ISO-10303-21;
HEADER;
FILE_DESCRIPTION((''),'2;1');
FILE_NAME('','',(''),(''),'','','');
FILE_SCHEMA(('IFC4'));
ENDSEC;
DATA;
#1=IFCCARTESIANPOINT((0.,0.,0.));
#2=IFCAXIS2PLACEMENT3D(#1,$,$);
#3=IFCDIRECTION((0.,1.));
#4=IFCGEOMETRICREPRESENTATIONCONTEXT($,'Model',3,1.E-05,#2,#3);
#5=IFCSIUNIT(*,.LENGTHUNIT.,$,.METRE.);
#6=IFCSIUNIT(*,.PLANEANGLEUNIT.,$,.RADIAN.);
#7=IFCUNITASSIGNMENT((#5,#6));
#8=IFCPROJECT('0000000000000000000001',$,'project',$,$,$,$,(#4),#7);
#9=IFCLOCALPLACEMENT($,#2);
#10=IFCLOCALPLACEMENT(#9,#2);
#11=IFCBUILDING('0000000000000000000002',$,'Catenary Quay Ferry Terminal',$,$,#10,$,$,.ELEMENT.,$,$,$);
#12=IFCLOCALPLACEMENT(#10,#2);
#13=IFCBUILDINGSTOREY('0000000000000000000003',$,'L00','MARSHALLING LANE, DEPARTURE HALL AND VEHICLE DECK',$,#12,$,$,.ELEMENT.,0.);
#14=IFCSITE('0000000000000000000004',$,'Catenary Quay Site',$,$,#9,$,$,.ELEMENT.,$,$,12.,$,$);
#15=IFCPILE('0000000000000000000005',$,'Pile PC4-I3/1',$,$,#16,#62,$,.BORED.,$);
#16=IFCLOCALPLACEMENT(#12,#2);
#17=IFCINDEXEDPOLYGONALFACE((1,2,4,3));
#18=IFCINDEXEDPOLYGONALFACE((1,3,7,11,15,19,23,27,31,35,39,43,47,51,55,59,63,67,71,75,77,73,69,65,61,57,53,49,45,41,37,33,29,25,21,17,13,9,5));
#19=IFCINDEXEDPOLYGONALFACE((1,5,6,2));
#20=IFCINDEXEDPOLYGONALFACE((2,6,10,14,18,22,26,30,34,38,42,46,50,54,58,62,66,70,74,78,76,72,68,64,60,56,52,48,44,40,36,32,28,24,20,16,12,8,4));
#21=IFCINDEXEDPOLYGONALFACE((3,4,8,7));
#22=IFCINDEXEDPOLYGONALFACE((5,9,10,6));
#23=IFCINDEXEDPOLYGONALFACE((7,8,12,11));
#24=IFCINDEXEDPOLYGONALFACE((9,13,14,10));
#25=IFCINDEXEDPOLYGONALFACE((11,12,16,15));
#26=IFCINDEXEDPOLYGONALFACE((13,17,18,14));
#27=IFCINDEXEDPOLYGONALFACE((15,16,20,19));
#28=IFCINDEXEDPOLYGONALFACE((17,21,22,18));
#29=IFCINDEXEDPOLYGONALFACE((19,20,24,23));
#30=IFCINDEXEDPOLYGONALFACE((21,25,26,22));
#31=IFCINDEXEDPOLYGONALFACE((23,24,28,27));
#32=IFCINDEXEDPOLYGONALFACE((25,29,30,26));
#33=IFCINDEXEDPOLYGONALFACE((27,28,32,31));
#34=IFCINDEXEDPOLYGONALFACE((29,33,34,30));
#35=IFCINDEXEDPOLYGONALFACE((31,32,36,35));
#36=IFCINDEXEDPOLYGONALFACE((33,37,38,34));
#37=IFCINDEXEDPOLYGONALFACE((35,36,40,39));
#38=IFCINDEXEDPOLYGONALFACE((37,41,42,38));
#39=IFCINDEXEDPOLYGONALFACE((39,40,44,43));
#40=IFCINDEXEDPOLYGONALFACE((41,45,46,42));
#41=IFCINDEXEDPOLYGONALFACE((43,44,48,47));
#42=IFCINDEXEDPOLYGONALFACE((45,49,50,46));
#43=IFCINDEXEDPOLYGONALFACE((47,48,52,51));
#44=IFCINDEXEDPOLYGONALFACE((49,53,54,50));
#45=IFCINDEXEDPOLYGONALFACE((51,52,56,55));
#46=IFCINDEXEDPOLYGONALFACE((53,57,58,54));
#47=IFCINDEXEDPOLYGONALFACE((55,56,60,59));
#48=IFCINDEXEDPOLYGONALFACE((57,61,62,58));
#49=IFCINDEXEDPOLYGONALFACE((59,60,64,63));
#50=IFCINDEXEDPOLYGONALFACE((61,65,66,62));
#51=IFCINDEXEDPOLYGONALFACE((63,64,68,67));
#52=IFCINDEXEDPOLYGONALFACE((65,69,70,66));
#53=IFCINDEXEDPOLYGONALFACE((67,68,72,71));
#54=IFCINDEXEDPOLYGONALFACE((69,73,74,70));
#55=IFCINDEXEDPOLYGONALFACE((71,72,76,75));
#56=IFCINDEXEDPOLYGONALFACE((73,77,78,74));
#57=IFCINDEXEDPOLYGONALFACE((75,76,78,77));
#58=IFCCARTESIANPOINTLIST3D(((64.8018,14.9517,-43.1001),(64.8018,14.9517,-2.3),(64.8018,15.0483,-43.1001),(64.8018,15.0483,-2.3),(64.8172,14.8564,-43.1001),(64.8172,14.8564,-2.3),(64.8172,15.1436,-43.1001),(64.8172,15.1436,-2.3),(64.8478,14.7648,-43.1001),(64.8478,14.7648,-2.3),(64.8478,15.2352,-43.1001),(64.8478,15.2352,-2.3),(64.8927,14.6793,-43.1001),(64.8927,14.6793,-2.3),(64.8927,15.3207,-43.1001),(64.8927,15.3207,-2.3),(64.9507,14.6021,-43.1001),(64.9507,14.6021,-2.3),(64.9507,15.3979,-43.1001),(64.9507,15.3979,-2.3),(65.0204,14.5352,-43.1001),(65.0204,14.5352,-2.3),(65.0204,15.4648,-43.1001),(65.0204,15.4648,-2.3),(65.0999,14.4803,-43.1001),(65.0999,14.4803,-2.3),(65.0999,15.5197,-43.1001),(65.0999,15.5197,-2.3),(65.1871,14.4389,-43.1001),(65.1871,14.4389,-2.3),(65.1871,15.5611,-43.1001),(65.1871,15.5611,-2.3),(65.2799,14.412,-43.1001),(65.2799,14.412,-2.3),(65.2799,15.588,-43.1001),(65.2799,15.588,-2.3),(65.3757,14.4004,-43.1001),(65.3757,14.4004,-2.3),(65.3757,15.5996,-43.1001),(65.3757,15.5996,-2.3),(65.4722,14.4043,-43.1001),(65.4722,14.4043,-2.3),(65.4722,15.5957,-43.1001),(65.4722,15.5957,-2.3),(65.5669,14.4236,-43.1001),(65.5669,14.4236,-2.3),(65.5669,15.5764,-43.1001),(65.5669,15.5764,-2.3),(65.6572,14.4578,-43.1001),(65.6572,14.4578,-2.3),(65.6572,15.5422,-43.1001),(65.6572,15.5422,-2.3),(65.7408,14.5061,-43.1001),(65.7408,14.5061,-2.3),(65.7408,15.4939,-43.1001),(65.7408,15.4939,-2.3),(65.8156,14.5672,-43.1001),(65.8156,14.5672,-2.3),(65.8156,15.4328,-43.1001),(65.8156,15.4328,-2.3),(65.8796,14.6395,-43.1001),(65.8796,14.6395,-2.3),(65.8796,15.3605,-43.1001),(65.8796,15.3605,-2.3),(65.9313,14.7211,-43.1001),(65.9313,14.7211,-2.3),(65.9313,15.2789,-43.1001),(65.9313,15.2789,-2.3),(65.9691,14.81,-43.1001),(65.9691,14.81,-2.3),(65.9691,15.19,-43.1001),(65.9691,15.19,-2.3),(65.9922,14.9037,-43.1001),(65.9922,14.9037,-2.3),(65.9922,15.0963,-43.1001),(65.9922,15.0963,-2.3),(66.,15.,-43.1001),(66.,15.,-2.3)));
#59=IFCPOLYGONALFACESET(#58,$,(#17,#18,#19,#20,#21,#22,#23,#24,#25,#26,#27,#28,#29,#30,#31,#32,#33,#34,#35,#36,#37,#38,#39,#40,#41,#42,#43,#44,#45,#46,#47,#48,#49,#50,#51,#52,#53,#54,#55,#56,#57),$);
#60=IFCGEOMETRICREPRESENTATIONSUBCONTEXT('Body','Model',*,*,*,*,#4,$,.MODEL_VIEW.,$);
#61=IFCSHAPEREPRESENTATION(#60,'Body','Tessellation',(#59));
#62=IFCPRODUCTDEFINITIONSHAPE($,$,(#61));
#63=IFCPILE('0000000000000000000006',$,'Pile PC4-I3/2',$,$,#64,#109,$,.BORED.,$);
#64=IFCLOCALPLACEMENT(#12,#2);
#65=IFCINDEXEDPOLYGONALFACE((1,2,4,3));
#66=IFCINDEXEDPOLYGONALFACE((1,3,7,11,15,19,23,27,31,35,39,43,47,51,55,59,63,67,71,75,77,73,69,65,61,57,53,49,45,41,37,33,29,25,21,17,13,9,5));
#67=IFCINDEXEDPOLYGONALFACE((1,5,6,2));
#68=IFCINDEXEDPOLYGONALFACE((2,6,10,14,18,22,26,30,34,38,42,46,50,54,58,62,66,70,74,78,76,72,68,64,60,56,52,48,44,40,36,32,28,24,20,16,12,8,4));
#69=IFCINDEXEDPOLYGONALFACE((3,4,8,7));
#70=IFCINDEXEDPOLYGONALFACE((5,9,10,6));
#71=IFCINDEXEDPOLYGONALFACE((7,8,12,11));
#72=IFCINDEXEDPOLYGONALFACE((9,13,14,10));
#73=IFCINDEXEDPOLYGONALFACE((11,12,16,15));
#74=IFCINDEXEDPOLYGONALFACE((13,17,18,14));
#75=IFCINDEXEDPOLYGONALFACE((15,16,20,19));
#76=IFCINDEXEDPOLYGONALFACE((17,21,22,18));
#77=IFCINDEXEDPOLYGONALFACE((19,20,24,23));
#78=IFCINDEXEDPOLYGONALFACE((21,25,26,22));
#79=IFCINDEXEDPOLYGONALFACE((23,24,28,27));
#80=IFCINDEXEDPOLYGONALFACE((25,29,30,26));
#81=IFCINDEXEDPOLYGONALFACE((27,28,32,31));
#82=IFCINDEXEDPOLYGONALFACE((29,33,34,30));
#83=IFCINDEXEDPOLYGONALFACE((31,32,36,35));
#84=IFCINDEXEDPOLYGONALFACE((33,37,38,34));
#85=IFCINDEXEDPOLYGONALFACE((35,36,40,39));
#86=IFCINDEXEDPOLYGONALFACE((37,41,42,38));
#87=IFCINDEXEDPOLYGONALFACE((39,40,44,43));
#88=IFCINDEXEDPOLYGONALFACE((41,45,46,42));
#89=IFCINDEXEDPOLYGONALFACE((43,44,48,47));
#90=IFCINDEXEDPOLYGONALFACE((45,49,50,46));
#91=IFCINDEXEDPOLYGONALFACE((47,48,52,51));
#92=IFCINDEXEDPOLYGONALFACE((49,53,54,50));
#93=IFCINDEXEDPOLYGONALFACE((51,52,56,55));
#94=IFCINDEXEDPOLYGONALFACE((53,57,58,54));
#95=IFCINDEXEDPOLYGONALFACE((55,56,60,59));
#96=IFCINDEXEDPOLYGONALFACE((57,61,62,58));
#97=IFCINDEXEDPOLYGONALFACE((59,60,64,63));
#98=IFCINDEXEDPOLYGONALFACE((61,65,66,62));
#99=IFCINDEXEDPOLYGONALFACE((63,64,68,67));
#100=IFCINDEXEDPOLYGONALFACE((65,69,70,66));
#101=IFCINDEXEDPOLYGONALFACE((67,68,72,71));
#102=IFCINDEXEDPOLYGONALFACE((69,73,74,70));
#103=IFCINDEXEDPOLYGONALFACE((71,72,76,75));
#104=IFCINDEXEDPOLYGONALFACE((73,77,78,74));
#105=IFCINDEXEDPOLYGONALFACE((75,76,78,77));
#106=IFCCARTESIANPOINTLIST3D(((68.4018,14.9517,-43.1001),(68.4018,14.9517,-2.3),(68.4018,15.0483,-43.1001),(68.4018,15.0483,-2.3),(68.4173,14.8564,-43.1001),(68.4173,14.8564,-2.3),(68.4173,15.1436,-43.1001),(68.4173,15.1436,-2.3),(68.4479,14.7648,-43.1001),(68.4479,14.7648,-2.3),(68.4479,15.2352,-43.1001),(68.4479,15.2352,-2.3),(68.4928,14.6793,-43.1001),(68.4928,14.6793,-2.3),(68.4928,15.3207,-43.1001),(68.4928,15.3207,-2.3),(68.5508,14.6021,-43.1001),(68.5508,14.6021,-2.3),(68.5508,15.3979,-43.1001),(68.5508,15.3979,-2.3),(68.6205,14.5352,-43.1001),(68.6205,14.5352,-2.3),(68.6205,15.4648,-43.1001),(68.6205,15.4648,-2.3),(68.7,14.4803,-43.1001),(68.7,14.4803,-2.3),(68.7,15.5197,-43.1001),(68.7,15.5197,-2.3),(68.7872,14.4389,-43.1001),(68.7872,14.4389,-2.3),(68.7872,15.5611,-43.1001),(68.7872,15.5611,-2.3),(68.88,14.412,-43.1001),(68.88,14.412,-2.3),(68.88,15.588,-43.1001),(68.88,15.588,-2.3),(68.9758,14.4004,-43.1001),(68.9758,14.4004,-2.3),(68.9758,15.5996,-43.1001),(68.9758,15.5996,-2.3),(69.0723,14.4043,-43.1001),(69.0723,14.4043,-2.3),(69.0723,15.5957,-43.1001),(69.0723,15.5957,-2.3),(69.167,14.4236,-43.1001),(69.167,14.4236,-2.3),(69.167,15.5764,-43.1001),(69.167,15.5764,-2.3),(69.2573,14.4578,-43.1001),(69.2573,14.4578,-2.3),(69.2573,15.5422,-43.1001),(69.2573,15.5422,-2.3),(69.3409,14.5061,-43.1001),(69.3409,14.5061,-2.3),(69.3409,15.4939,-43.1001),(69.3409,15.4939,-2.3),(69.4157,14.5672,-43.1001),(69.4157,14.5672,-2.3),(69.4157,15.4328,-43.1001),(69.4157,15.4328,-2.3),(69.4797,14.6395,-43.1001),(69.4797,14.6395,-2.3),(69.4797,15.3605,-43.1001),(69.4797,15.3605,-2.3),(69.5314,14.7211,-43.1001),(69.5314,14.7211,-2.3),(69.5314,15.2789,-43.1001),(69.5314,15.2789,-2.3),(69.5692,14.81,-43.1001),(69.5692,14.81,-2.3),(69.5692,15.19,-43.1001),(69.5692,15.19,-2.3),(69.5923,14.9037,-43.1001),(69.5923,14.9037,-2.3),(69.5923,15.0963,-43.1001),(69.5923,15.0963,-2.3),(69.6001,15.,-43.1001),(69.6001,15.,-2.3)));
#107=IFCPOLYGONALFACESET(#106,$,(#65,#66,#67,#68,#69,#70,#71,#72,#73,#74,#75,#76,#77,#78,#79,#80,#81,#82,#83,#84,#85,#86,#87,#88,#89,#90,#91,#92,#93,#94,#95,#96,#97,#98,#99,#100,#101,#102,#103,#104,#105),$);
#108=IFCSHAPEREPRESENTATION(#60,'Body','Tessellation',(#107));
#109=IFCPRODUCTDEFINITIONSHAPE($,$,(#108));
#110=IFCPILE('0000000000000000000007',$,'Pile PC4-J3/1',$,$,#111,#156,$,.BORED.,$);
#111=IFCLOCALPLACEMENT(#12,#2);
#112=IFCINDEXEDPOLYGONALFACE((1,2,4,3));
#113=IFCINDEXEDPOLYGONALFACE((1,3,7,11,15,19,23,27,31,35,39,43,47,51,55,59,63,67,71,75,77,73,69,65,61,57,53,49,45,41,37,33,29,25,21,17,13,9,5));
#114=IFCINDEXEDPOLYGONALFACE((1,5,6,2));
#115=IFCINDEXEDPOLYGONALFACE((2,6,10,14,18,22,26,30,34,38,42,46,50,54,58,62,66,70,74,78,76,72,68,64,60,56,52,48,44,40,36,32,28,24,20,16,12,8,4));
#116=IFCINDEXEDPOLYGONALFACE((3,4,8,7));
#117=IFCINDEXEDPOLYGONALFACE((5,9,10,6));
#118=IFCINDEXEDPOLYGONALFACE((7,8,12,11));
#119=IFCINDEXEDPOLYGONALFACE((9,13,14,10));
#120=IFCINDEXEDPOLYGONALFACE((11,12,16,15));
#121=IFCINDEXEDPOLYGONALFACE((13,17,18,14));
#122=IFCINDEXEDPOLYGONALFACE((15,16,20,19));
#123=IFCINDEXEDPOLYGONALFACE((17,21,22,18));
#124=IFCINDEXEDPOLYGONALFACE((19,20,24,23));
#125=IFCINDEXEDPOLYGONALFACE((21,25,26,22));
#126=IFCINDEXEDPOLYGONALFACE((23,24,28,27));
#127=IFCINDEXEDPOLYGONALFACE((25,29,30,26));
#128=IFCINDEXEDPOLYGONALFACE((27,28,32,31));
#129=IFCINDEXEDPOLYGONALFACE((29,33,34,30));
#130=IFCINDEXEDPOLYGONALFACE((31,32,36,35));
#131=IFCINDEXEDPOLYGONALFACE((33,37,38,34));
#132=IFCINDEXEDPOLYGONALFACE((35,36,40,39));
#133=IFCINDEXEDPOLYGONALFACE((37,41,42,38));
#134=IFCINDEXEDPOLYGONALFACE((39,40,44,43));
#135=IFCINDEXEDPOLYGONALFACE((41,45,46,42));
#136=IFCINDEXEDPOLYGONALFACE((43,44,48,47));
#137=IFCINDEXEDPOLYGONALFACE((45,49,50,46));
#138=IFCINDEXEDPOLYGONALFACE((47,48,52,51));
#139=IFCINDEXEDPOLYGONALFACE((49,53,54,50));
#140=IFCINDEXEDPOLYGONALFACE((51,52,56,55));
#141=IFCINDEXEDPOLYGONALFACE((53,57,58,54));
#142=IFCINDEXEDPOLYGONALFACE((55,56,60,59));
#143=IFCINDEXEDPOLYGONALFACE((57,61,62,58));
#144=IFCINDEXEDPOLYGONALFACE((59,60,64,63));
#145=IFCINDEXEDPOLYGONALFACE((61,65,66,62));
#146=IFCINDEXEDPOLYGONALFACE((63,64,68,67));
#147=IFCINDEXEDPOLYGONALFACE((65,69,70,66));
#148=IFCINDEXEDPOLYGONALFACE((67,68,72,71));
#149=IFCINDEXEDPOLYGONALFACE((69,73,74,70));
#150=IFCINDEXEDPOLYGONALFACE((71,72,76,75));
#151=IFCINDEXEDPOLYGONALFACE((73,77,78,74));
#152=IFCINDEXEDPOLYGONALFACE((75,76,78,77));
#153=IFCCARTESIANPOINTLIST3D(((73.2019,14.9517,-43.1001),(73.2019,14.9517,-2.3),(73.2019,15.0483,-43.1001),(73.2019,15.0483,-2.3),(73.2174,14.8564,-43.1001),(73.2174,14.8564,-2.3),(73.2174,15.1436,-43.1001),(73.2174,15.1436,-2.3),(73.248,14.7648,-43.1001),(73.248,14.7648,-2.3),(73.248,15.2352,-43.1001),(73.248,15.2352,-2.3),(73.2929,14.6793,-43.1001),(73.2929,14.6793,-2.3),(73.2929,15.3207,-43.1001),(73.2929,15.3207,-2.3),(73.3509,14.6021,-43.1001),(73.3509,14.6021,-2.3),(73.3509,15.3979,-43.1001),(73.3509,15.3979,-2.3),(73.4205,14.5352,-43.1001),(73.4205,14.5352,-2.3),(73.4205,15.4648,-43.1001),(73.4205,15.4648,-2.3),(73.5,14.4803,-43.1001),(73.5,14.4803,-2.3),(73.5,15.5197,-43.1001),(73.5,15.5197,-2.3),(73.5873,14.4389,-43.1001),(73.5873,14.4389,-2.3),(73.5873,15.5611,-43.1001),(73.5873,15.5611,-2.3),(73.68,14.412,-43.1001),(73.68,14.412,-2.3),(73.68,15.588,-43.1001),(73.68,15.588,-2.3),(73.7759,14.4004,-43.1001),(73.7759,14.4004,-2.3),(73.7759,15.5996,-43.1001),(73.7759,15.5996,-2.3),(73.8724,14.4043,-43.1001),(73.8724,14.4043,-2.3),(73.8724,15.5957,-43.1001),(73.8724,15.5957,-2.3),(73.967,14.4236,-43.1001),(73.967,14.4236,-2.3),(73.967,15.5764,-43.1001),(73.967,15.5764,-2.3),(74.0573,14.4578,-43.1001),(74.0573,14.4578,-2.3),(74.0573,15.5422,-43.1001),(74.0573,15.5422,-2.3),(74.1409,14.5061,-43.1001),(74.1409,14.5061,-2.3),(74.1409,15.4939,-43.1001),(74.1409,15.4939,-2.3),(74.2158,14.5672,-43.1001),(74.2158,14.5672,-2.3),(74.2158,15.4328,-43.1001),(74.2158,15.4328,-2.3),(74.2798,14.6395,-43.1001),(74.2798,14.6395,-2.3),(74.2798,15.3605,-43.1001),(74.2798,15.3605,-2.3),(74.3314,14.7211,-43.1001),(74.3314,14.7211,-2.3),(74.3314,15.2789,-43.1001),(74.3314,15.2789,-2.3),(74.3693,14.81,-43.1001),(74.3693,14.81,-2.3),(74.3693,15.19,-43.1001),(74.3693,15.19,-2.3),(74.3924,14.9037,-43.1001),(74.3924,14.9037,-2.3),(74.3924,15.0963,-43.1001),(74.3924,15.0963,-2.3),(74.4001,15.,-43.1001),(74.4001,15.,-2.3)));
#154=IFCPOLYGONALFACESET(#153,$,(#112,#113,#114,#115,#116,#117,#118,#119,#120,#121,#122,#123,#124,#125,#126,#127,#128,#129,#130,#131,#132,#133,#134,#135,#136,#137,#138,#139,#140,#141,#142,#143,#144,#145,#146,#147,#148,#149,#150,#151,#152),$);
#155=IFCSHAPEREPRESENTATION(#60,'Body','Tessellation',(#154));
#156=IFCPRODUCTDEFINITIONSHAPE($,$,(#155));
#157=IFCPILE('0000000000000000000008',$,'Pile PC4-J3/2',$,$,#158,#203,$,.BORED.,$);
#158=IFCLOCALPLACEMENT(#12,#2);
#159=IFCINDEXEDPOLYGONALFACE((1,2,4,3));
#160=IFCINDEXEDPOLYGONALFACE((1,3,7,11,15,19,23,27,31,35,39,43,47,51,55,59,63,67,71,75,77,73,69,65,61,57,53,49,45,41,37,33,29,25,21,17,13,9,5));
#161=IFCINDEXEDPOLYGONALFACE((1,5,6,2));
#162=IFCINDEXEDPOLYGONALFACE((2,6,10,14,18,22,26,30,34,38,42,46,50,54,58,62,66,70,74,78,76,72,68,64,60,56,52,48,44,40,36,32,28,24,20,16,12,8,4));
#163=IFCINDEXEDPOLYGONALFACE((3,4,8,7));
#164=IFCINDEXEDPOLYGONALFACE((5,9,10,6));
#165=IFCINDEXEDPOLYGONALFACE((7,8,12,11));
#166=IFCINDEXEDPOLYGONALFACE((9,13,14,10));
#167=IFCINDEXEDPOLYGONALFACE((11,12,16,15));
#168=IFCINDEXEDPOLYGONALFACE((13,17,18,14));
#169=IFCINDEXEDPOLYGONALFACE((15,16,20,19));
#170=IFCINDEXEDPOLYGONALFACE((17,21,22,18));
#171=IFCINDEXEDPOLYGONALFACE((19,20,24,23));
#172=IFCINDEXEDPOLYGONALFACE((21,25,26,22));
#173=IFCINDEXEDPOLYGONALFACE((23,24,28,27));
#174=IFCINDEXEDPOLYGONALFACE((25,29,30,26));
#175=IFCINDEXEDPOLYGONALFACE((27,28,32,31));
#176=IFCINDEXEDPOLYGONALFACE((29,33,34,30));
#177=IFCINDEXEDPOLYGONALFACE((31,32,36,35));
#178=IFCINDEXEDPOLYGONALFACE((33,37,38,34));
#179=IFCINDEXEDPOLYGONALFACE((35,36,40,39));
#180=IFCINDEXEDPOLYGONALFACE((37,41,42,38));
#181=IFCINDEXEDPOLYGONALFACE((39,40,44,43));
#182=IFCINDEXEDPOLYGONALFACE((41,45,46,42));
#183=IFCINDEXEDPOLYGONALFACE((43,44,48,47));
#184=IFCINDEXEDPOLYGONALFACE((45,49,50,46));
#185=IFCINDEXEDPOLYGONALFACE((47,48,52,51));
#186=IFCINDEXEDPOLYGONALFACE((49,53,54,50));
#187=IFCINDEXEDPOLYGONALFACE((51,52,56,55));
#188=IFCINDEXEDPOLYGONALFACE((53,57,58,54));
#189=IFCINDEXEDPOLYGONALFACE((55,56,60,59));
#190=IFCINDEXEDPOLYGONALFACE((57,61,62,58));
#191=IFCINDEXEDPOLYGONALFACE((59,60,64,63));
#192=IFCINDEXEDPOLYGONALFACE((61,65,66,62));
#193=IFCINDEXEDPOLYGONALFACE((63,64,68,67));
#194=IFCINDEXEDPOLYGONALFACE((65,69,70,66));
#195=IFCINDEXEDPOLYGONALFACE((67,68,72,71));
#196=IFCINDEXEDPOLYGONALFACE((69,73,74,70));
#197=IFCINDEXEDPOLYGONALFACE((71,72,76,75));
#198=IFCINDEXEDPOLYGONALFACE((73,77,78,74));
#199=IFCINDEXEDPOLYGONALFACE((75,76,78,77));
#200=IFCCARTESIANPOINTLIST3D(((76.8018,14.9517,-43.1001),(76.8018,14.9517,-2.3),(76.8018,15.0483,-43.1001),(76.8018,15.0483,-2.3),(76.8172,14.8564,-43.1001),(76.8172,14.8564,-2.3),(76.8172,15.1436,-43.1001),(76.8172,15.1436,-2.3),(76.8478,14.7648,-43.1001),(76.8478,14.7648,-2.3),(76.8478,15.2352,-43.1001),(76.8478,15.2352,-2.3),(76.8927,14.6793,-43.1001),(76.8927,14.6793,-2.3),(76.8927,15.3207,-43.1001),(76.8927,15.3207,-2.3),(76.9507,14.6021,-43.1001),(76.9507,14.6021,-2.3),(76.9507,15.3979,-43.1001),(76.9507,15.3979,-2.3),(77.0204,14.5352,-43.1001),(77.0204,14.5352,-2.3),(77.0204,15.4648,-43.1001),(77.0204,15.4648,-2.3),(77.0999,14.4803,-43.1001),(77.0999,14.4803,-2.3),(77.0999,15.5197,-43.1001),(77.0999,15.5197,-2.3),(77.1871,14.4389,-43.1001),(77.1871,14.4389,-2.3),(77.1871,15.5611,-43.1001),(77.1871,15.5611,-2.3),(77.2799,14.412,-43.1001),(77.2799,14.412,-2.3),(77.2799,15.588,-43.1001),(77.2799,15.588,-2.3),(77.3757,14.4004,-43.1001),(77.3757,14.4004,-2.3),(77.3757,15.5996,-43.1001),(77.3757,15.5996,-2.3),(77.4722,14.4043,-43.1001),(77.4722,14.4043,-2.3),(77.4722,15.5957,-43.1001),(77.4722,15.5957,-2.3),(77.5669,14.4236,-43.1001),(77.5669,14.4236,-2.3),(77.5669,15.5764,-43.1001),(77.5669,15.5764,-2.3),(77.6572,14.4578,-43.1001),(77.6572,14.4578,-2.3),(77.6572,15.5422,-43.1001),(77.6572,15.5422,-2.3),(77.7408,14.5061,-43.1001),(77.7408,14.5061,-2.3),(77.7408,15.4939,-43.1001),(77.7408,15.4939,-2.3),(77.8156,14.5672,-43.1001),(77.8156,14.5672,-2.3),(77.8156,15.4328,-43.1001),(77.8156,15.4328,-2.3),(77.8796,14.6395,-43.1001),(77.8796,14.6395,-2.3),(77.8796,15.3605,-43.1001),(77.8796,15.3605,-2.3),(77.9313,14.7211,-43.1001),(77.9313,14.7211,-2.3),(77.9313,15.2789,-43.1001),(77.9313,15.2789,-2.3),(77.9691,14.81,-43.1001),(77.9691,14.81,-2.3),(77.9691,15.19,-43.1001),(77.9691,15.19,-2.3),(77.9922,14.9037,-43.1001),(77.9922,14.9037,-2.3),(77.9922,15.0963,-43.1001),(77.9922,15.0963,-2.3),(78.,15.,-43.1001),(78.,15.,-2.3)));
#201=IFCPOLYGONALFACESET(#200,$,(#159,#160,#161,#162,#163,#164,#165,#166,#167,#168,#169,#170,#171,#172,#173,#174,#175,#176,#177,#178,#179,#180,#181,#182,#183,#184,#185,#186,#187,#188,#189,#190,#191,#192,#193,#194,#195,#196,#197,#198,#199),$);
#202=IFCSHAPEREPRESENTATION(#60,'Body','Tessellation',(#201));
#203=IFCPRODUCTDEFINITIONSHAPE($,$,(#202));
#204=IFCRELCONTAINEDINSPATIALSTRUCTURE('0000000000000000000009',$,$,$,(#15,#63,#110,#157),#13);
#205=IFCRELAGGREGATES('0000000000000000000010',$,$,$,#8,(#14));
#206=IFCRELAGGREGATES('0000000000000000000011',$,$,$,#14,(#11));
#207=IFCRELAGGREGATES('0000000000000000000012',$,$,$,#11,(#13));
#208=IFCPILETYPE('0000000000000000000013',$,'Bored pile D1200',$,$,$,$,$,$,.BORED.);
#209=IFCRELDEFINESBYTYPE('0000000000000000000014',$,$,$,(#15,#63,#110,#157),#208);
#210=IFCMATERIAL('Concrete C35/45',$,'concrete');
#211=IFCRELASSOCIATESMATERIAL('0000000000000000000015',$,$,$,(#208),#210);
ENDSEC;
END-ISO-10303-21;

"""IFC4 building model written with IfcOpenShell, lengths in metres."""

from ifc_helpers import new_model, si_unit, direction, frame, origin, origin_2d, place, context, subcontext, project, spatial, circle, extrude, material, material_profile, profile_set, type_object, element, save


model = new_model("IFC4")

# Units and contexts
model_context = context("Model", 3, precision=1e-05, world=origin(), true_north=direction((0.0, 1.0)))
body_context = subcontext(model_context, "Body", "Model", "MODEL_VIEW")
ifc_project = project(units=[si_unit("LENGTHUNIT", "METRE"), si_unit("PLANEANGLEUNIT", "RADIAN")], contexts=[model_context])

# Site, building, storey
site_placement = place(None, origin())
site = spatial("IfcSite", under=ifc_project, at=site_placement, Name="Catenary Quay Site", CompositionType="ELEMENT", RefElevation=12.0)
building_placement = place(site_placement, origin())
building = spatial("IfcBuilding", under=site, at=building_placement, Name="Catenary Quay Ferry Terminal", CompositionType="ELEMENT")
storey_placement = place(building_placement, origin())
storey = spatial("IfcBuildingStorey", under=building, at=storey_placement, Name="L00", Description="MARSHALLING LANE, DEPARTURE HALL AND VEHICLE DECK", CompositionType="ELEMENT", Elevation=0.0)

# Piles
ifc_material_1 = material(Name="Concrete C35/45", Category="concrete")
ifc_material_profile_1 = material_profile(ifc_material_1, circle(Radius=0.6001, at=origin_2d()), Name="D1200")
ifc_profile_set_1 = profile_set([ifc_material_profile_1], Name="Concrete C35/45")
pile_type = type_object("IfcPileType", Name="Bored pile D1200", PredefinedType="BORED", material=ifc_profile_set_1)
for number, where, z_axis, x_axis, name in (
    (1, (65.3999, 15.0, -2.3), (0.0, 0.0, -1.0), (1.0, 0.0, 0.0), "Pile PC4-I3/1"),
    (2, (69.0, 15.0, -2.3), (0.0, 0.0, -1.0), (1.0, 0.0, 0.0), "Pile PC4-I3/2"),
    (3, (73.8, 15.0, -2.3), (0.0, 0.0, -1.0), (1.0, 0.0, 0.0), "Pile PC4-J3/1"),
    (4, (77.3999, 15.0, -2.3), (0.0, 0.0, -1.0), (1.0, 0.0, 0.0), "Pile PC4-J3/2"),
):
    element("IfcPile", number, at=place(storey_placement, frame(where, z_axis=z_axis, x_axis=x_axis)), inside=storey, type_object=pile_type, Name=name, PredefinedType="BORED", context=body_context, shape_type="SweptSolid", body=[
        extrude(circle(Radius=0.6001, at=origin_2d()), origin(), (0.0, 0.0, 1.0), 40.8),
    ])

save(model, "model.ifc")
